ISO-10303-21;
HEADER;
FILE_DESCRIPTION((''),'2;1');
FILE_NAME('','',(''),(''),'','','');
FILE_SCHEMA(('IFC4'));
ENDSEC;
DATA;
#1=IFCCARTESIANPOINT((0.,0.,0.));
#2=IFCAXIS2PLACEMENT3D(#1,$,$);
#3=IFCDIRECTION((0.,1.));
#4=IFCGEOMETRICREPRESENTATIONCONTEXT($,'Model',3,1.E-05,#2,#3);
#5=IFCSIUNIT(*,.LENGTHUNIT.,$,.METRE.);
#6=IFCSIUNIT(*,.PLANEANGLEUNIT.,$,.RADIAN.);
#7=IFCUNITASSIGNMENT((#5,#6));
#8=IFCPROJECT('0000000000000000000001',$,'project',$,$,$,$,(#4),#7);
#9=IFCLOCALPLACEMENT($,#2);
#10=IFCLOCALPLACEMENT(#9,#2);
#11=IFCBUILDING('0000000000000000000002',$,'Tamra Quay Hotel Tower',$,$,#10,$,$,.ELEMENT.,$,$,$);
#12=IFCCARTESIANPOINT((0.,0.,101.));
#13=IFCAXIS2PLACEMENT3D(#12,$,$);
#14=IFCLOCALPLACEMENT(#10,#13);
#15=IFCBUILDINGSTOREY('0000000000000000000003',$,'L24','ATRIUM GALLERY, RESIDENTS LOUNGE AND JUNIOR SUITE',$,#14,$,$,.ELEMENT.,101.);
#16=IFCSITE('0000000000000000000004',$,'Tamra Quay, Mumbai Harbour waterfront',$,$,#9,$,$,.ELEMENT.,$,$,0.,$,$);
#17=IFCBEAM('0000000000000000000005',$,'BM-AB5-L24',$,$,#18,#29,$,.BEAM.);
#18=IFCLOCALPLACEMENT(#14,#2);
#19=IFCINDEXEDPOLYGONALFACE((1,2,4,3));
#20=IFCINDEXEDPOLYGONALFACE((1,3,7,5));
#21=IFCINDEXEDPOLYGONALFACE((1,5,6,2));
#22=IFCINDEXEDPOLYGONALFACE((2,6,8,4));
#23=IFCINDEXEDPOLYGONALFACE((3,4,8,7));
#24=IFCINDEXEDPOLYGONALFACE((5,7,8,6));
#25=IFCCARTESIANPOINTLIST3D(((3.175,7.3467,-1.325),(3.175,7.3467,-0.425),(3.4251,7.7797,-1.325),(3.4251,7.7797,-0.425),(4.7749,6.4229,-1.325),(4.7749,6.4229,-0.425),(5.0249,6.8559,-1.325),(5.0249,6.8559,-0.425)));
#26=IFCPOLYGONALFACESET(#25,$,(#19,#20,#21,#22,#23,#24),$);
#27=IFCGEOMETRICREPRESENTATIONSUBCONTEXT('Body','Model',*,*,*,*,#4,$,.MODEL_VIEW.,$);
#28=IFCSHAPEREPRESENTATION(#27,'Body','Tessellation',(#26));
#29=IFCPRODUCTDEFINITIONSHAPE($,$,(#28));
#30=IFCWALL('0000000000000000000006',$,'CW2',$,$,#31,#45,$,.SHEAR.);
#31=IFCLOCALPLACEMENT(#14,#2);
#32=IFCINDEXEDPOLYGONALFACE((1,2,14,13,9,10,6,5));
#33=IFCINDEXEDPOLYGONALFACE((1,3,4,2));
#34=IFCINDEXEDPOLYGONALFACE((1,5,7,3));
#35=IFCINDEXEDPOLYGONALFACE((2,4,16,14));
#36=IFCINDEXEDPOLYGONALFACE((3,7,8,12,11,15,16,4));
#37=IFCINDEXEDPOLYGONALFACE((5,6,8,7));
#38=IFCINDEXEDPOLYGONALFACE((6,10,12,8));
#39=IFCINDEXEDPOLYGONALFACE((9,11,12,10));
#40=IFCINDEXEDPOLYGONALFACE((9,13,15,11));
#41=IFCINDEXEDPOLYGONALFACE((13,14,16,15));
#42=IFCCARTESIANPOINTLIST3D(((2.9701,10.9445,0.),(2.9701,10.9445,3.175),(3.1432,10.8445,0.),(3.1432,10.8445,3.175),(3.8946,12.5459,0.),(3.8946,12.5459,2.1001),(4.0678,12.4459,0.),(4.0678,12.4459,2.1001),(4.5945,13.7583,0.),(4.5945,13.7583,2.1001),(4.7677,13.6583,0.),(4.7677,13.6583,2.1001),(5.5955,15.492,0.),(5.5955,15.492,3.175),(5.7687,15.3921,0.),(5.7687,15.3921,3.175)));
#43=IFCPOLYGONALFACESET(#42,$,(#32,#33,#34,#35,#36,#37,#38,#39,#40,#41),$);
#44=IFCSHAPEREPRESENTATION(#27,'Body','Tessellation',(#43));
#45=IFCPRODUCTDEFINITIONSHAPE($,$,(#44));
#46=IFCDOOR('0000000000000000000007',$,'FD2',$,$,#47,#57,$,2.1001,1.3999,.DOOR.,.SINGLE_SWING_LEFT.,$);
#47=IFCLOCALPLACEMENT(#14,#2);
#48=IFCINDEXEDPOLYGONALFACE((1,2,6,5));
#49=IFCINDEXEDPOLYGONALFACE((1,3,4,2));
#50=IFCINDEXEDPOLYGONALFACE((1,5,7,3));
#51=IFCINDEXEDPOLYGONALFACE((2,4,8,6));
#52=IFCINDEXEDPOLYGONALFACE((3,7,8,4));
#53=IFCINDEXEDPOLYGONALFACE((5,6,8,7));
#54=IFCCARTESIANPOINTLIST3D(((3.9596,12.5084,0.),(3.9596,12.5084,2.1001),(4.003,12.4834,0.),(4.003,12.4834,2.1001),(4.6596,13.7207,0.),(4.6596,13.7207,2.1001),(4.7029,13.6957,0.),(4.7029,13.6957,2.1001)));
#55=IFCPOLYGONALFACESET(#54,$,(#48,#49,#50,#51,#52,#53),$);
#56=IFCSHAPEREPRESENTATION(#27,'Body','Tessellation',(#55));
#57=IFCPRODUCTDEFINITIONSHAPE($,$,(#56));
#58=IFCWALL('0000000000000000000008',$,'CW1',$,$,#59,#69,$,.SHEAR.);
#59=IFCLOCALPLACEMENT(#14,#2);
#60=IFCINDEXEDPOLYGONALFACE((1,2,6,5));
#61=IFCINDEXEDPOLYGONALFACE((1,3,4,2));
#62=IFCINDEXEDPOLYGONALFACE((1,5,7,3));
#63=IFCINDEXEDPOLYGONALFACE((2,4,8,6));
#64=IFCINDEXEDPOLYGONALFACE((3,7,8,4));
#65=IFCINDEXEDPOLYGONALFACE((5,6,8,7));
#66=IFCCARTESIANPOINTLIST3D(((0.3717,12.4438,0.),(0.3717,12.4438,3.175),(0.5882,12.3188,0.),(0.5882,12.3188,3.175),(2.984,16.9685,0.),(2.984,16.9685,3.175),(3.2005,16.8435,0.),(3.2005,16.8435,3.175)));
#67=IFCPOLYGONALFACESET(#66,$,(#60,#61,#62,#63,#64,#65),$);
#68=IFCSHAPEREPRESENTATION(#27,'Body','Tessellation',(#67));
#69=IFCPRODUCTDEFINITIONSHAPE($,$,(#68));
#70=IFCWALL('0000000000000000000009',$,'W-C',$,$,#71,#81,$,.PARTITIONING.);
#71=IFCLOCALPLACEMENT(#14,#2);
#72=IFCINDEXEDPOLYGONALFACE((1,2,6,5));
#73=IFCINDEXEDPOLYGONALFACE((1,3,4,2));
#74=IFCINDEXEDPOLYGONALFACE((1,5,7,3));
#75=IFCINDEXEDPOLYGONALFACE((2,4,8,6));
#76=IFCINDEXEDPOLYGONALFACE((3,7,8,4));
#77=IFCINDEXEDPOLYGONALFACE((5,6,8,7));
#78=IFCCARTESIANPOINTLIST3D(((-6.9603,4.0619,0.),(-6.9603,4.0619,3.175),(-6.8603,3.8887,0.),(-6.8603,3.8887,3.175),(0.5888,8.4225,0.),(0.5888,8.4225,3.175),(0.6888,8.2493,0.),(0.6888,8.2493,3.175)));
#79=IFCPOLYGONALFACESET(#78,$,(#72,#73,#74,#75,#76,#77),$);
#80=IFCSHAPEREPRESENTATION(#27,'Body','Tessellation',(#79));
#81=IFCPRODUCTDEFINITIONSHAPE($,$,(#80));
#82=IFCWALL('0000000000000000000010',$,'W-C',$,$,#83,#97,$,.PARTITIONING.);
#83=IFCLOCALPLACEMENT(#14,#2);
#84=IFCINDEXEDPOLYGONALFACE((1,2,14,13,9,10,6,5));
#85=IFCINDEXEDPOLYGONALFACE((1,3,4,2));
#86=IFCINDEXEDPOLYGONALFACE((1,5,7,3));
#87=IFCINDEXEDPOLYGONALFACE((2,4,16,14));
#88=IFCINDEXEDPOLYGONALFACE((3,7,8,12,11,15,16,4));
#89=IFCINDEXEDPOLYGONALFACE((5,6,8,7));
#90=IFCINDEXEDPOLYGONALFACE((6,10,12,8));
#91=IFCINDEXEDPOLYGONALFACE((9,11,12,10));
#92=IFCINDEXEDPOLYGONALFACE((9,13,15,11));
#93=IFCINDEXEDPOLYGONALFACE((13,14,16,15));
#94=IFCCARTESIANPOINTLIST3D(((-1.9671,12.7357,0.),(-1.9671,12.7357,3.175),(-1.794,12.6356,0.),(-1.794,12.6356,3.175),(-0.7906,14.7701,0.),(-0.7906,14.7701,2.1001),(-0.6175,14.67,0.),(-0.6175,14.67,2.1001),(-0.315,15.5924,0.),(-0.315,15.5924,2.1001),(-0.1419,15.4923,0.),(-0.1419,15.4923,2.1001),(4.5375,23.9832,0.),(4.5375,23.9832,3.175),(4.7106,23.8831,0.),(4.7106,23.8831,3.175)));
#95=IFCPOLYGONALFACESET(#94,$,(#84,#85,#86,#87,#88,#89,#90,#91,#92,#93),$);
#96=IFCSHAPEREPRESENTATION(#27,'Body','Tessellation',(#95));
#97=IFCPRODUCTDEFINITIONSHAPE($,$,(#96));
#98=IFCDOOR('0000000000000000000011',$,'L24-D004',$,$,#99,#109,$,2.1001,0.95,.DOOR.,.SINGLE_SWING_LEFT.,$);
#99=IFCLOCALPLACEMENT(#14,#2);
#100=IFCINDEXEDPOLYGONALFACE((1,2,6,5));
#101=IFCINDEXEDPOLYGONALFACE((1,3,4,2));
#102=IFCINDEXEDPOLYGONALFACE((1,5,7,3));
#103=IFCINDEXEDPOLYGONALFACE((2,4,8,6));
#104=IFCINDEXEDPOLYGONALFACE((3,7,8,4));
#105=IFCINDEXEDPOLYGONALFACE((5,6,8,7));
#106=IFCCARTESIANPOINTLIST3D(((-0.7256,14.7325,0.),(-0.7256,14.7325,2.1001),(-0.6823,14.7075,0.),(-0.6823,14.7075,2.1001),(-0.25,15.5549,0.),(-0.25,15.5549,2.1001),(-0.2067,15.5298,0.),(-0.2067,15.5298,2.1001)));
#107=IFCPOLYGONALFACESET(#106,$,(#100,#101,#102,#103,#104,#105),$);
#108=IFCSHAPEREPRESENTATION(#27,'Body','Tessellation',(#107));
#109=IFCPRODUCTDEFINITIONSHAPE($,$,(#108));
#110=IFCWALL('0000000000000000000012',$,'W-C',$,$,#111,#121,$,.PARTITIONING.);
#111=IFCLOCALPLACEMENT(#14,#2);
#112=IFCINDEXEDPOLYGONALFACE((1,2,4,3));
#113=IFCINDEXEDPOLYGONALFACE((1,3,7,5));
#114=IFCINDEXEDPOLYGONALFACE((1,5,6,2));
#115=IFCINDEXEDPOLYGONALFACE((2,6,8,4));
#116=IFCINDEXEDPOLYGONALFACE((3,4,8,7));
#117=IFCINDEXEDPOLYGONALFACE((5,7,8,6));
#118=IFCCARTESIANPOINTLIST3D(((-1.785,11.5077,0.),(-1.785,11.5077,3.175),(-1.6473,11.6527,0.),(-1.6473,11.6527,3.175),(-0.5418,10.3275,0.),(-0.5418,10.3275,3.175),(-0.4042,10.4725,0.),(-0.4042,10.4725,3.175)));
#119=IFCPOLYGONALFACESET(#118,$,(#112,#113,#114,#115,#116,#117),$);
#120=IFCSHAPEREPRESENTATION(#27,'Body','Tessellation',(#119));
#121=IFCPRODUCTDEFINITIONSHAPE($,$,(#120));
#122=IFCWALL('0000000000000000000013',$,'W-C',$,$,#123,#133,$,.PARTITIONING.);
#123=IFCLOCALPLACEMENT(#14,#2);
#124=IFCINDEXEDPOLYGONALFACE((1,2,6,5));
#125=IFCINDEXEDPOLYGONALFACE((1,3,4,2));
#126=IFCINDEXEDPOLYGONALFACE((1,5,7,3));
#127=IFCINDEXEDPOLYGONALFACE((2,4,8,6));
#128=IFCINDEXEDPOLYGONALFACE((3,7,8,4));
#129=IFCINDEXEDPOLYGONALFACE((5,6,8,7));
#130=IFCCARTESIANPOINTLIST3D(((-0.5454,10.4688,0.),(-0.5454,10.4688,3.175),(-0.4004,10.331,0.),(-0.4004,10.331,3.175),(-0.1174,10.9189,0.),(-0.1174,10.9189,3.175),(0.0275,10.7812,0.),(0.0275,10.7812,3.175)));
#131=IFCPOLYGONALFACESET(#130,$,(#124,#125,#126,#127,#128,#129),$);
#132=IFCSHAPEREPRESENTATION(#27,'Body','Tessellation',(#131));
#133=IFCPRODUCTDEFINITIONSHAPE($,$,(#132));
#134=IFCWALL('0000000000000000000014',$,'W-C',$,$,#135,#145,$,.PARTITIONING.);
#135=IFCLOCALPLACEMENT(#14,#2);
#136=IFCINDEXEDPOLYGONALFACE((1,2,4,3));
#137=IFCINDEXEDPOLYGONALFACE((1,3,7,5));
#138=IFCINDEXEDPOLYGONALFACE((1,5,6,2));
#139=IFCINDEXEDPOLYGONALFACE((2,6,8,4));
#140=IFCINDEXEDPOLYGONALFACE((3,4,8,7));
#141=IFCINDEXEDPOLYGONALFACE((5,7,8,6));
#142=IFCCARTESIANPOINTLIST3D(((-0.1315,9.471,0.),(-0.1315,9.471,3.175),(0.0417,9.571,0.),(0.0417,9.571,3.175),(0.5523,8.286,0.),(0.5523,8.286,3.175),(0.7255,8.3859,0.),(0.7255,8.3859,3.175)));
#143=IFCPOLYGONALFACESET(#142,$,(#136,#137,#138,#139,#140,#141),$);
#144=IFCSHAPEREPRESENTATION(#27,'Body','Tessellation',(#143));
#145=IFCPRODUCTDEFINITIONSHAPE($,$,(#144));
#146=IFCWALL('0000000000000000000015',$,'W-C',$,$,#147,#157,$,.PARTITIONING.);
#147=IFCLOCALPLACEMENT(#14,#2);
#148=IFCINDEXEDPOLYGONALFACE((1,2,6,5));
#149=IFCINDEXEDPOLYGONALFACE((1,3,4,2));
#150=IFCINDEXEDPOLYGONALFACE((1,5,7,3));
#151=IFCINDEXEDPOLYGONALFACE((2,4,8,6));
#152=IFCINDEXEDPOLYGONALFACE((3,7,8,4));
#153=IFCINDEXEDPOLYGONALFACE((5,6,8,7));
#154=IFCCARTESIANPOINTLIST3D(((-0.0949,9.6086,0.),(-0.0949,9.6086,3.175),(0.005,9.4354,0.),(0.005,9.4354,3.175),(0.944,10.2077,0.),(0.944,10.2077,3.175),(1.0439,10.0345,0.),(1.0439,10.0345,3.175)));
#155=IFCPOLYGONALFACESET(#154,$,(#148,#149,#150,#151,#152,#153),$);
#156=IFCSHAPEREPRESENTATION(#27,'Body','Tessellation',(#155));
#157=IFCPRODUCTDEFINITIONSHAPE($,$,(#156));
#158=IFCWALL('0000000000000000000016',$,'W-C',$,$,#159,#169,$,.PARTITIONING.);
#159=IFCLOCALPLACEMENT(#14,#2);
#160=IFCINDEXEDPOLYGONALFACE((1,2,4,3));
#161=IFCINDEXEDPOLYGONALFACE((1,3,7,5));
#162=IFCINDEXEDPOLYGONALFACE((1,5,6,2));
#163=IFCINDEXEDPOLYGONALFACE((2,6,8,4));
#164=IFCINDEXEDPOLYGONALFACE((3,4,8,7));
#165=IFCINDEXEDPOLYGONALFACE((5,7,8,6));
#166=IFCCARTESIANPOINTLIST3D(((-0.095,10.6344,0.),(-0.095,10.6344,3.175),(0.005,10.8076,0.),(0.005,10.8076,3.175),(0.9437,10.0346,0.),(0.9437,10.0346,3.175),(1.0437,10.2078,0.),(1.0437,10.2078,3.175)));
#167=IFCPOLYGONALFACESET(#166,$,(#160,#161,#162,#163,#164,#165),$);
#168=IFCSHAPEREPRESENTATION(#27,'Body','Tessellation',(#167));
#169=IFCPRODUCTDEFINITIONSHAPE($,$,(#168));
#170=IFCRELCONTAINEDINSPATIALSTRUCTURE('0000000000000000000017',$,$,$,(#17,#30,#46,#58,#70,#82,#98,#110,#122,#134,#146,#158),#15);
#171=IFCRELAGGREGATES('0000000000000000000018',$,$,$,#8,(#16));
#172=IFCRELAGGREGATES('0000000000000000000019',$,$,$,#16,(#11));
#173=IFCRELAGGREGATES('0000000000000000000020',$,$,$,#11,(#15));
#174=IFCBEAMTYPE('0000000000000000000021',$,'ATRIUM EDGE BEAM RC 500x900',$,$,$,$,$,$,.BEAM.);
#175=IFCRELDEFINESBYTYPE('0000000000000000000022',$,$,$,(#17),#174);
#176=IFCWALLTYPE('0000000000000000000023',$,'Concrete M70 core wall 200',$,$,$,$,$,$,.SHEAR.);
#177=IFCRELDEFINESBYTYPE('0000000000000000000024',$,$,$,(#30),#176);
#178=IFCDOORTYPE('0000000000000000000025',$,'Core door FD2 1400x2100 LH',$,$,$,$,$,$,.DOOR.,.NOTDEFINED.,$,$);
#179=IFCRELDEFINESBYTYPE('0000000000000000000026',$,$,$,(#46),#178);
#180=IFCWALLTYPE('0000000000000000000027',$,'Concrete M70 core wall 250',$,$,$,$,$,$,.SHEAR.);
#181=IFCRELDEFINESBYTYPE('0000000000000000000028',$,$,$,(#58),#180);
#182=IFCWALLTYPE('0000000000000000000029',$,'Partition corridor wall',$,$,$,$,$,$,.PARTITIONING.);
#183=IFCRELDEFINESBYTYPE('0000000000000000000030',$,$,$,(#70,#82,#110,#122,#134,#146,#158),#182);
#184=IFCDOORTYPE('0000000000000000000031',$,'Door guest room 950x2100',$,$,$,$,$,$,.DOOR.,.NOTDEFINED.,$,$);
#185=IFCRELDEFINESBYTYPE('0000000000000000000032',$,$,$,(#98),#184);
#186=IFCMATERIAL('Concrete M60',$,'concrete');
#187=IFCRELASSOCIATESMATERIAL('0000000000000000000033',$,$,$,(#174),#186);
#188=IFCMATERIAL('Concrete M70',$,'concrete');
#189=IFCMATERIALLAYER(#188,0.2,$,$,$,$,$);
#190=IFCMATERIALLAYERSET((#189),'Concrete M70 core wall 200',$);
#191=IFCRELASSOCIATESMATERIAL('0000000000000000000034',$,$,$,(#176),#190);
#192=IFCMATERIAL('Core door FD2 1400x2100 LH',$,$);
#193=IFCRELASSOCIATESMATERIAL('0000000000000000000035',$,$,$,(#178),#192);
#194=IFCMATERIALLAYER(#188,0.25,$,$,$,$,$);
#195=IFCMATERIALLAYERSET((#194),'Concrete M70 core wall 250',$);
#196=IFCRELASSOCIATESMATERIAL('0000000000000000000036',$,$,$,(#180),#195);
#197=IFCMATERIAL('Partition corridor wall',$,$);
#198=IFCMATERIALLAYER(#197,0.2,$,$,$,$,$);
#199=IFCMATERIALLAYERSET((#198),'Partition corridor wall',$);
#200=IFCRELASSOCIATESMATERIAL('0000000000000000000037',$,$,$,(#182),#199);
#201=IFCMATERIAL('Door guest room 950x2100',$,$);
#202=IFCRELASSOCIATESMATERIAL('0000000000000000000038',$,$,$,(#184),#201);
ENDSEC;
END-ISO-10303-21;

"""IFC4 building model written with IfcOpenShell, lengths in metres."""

from ifc_helpers import new_model, si_unit, direction, frame, frame_2d, origin, origin_2d, place, context, subcontext, project, spatial, rectangle, extrude, material, layer, layer_set, material_profile, profile_set, type_object, element, fill, save


model = new_model("IFC4")

# Units and contexts
model_context = context("Model", 3, precision=1e-05, world=origin(), true_north=direction((0.0, 1.0)))
body_context = subcontext(model_context, "Body", "Model", "MODEL_VIEW")
ifc_project = project(units=[si_unit("LENGTHUNIT", "METRE"), si_unit("PLANEANGLEUNIT", "RADIAN")], contexts=[model_context])

# Site, building, storey
site_placement = place(None, origin())
site = spatial("IfcSite", under=ifc_project, at=site_placement, Name="Tamra Quay, Mumbai Harbour waterfront", CompositionType="ELEMENT", RefElevation=0.0)
building_placement = place(site_placement, origin())
building = spatial("IfcBuilding", under=site, at=building_placement, Name="Tamra Quay Hotel Tower", CompositionType="ELEMENT")
storey_placement = place(building_placement, frame((0.0, 0.0, 101.0)))
storey = spatial("IfcBuildingStorey", under=building, at=storey_placement, Name="L24", Description="ATRIUM GALLERY, RESIDENTS LOUNGE AND JUNIOR SUITE", CompositionType="ELEMENT", Elevation=101.0)

# Beam
ifc_material_1 = material(Name="Concrete M60", Category="concrete")
ifc_material_profile = material_profile(ifc_material_1, rectangle(XDim=0.5, YDim=0.8999, at=origin_2d()), Name="ATRIUM EDGE BEAM RC 500x900")
ifc_profile_set = profile_set([ifc_material_profile], Name="Concrete M60")
beam_type = type_object("IfcBeamType", Name="ATRIUM EDGE BEAM RC 500x900", PredefinedType="BEAM", material=ifc_profile_set)
beam_placement = place(storey_placement, frame((3.3, 7.5632, -0.875), z_axis=(0.86599, -0.500062, 0.0), x_axis=(0.500062, 0.86599, 0.0)))
element("IfcBeam", 1, at=beam_placement, inside=storey, type_object=beam_type, Name="BM-AB5-L24", PredefinedType="BEAM", context=body_context, shape_type="SweptSolid", body=[
    extrude(rectangle(XDim=0.5, YDim=0.8999, at=origin_2d()), origin(), (0.0, 0.0, 1.0), 1.8474),
])

# Wall, opening, door
ifc_material_2 = material(Name="Concrete M70", Category="concrete")
ifc_layer_1 = layer(ifc_material_2, 0.2)
ifc_layer_set_1 = layer_set([ifc_layer_1], Name="Concrete M70 core wall 200")
wall_type_1 = type_object("IfcWallType", Name="Concrete M70 core wall 200", PredefinedType="SHEAR", material=ifc_layer_set_1)
wall_1_placement = place(storey_placement, frame((3.0566, 10.8945, 0.0), z_axis=(0.0, 0.0, 1.0), x_axis=(0.499989, 0.866032, 0.0)))
wall_1 = element("IfcWall", 2, at=wall_1_placement, inside=storey, type_object=wall_type_1, Name="CW2", PredefinedType="SHEAR", context=body_context, shape_type="SweptSolid", body=[
    extrude(rectangle(XDim=5.251, YDim=0.2, at=frame_2d((2.6255, 0.0))), origin(), (0.0, 0.0, 1.0), 3.175),
])
opening_1_placement = place(wall_1_placement, frame((1.8491, 0.0, 0.0)))
opening_1 = element("IfcOpeningElement", 3, at=opening_1_placement, cuts=wall_1, PredefinedType="OPENING", context=body_context, shape_type="SweptSolid", body=[
    extrude(rectangle(XDim=1.3999, YDim=2.1001, at=frame_2d((0.7, 1.05))), frame((0.0, 0.1099, 0.0), z_axis=(0.0, -1.0, 0.0), x_axis=(1.0, 0.0, 0.0)), (0.0, 0.0, 1.0), 0.22),
])
ifc_material_3 = material(Name="Core door FD2 1400x2100 LH")
door_type_1 = type_object("IfcDoorType", Name="Core door FD2 1400x2100 LH", OperationType="NOTDEFINED", PredefinedType="DOOR", material=ifc_material_3)
door_1_placement = place(opening_1_placement, origin())
door_1 = element("IfcDoor", 4, at=door_1_placement, inside=storey, type_object=door_type_1, Name="FD2", OperationType="SINGLE_SWING_LEFT", OverallHeight=2.1001, OverallWidth=1.3999, PredefinedType="DOOR", context=body_context, shape_type="SweptSolid", body=[
    extrude(rectangle(XDim=1.3999, YDim=2.1001, at=frame_2d((0.7, 1.05))), frame((0.0, 0.0249, 0.0), z_axis=(0.0, -1.0, 0.0), x_axis=(1.0, 0.0, 0.0)), (0.0, 0.0, 1.0), 0.05),
])
fill(opening_1, door_1)

# Walls
ifc_layer_2 = layer(ifc_material_2, 0.25)
ifc_layer_set_2 = layer_set([ifc_layer_2], Name="Concrete M70 core wall 250")
wall_type_2 = type_object("IfcWallType", Name="Concrete M70 core wall 250", PredefinedType="SHEAR", material=ifc_layer_set_2)
wall_2_placement = place(storey_placement, frame((0.48, 12.3813, 0.0), z_axis=(0.0, 0.0, 1.0), x_axis=(0.499999, 0.866026, 0.0)))
element("IfcWall", 5, at=wall_2_placement, inside=storey, type_object=wall_type_2, Name="CW1", PredefinedType="SHEAR", context=body_context, shape_type="SweptSolid", body=[
    extrude(rectangle(XDim=5.2246, YDim=0.25, at=frame_2d((2.6123, 0.0))), origin(), (0.0, 0.0, 1.0), 3.175),
])
ifc_material_4 = material(Name="Partition corridor wall")
ifc_layer_3 = layer(ifc_material_4, 0.2)
ifc_layer_set_3 = layer_set([ifc_layer_3], Name="Partition corridor wall")
wall_type_3 = type_object("IfcWallType", Name="Partition corridor wall", PredefinedType="PARTITIONING", material=ifc_layer_set_3)
wall_3_placement = place(storey_placement, frame((-6.9102, 3.9753, 0.0), z_axis=(0.0, 0.0, 1.0), x_axis=(0.865919, 0.500184, 0.0)))
element("IfcWall", 6, at=wall_3_placement, inside=storey, type_object=wall_type_3, Name="W-C", PredefinedType="PARTITIONING", context=body_context, shape_type="SweptSolid", body=[
    extrude(rectangle(XDim=8.718, YDim=0.2, at=frame_2d((4.3589, 0.0))), origin(), (0.0, 0.0, 1.0), 3.175),
])

# Wall, opening, door
wall_4_placement = place(storey_placement, frame((-1.8806, 12.6855, 0.0), z_axis=(0.0, 0.0, 1.0), x_axis=(0.500627, 0.865663, 0.0)))
wall_4 = element("IfcWall", 7, at=wall_4_placement, inside=storey, type_object=wall_type_3, Name="W-C", PredefinedType="PARTITIONING", context=body_context, shape_type="SweptSolid", body=[
    extrude(rectangle(XDim=12.9929, YDim=0.2, at=frame_2d((6.4966, 0.0))), origin(), (0.0, 0.0, 1.0), 3.175),
])
opening_2_placement = place(wall_4_placement, frame((2.3501, 0.0, 0.0)))
opening_2 = element("IfcOpeningElement", 8, at=opening_2_placement, cuts=wall_4, PredefinedType="OPENING", context=body_context, shape_type="SweptSolid", body=[
    extrude(rectangle(XDim=0.95, YDim=2.1001, at=frame_2d((0.4751, 1.05))), frame((0.0, 0.1099, 0.0), z_axis=(0.0, -1.0, 0.0), x_axis=(1.0, 0.0, 0.0)), (0.0, 0.0, 1.0), 0.22),
])
ifc_material_5 = material(Name="Door guest room 950x2100")
door_type_2 = type_object("IfcDoorType", Name="Door guest room 950x2100", OperationType="NOTDEFINED", PredefinedType="DOOR", material=ifc_material_5)
door_2_placement = place(opening_2_placement, origin())
door_2 = element("IfcDoor", 9, at=door_2_placement, inside=storey, type_object=door_type_2, Name="L24-D004", OperationType="SINGLE_SWING_LEFT", OverallHeight=2.1001, OverallWidth=0.95, PredefinedType="DOOR", context=body_context, shape_type="SweptSolid", body=[
    extrude(rectangle(XDim=0.95, YDim=2.1001, at=frame_2d((0.4751, 1.05))), frame((0.0, 0.0249, 0.0), z_axis=(0.0, -1.0, 0.0), x_axis=(1.0, 0.0, 0.0)), (0.0, 0.0, 1.0), 0.05),
])
fill(opening_2, door_2)

# Walls
wall_5_placement = place(storey_placement, frame((-1.7161, 11.5801, 0.0), z_axis=(0.0, 0.0, 1.0), x_axis=(0.725241, -0.688495, 0.0)))
element("IfcWall", 10, at=wall_5_placement, inside=storey, type_object=wall_type_3, Name="W-C", PredefinedType="PARTITIONING", context=body_context, shape_type="SweptSolid", body=[
    extrude(rectangle(XDim=1.7141, YDim=0.2, at=frame_2d((0.8569, 0.0))), origin(), (0.0, 0.0, 1.0), 3.175),
])
wall_6_placement = place(storey_placement, frame((-0.4729, 10.3999, 0.0), z_axis=(0.0, 0.0, 1.0), x_axis=(0.688997, 0.724764, 0.0)))
element("IfcWall", 11, at=wall_6_placement, inside=storey, type_object=wall_type_3, Name="W-C", PredefinedType="PARTITIONING", context=body_context, shape_type="SweptSolid", body=[
    extrude(rectangle(XDim=0.6211, YDim=0.2, at=frame_2d((0.3105, 0.0))), origin(), (0.0, 0.0, 1.0), 3.175),
])
wall_7_placement = place(storey_placement, frame((-0.0449, 9.521, 0.0), z_axis=(0.0, 0.0, 1.0), x_axis=(0.499805, -0.866138, 0.0)))
element("IfcWall", 12, at=wall_7_placement, inside=storey, type_object=wall_type_3, Name="W-C", PredefinedType="PARTITIONING", context=body_context, shape_type="SweptSolid", body=[
    extrude(rectangle(XDim=1.3682, YDim=0.2, at=frame_2d((0.6841, 0.0))), origin(), (0.0, 0.0, 1.0), 3.175),
])
wall_8_placement = place(storey_placement, frame((-0.0449, 9.522, 0.0), z_axis=(0.0, 0.0, 1.0), x_axis=(0.866257, 0.499599, 0.0)))
element("IfcWall", 13, at=wall_8_placement, inside=storey, type_object=wall_type_3, Name="W-C", PredefinedType="PARTITIONING", context=body_context, shape_type="SweptSolid", body=[
    extrude(rectangle(XDim=1.1992, YDim=0.2, at=frame_2d((0.5996, 0.0))), origin(), (0.0, 0.0, 1.0), 3.175),
])
wall_9_placement = place(storey_placement, frame((-0.0449, 10.7209, 0.0), z_axis=(0.0, 0.0, 1.0), x_axis=(0.865992, -0.500057, 0.0)))
element("IfcWall", 14, at=wall_9_placement, inside=storey, type_object=wall_type_3, Name="W-C", PredefinedType="PARTITIONING", context=body_context, shape_type="SweptSolid", body=[
    extrude(rectangle(XDim=1.1995, YDim=0.2, at=frame_2d((0.5996, 0.0))), origin(), (0.0, 0.0, 1.0), 3.175),
])

save(model, "model.ifc")
